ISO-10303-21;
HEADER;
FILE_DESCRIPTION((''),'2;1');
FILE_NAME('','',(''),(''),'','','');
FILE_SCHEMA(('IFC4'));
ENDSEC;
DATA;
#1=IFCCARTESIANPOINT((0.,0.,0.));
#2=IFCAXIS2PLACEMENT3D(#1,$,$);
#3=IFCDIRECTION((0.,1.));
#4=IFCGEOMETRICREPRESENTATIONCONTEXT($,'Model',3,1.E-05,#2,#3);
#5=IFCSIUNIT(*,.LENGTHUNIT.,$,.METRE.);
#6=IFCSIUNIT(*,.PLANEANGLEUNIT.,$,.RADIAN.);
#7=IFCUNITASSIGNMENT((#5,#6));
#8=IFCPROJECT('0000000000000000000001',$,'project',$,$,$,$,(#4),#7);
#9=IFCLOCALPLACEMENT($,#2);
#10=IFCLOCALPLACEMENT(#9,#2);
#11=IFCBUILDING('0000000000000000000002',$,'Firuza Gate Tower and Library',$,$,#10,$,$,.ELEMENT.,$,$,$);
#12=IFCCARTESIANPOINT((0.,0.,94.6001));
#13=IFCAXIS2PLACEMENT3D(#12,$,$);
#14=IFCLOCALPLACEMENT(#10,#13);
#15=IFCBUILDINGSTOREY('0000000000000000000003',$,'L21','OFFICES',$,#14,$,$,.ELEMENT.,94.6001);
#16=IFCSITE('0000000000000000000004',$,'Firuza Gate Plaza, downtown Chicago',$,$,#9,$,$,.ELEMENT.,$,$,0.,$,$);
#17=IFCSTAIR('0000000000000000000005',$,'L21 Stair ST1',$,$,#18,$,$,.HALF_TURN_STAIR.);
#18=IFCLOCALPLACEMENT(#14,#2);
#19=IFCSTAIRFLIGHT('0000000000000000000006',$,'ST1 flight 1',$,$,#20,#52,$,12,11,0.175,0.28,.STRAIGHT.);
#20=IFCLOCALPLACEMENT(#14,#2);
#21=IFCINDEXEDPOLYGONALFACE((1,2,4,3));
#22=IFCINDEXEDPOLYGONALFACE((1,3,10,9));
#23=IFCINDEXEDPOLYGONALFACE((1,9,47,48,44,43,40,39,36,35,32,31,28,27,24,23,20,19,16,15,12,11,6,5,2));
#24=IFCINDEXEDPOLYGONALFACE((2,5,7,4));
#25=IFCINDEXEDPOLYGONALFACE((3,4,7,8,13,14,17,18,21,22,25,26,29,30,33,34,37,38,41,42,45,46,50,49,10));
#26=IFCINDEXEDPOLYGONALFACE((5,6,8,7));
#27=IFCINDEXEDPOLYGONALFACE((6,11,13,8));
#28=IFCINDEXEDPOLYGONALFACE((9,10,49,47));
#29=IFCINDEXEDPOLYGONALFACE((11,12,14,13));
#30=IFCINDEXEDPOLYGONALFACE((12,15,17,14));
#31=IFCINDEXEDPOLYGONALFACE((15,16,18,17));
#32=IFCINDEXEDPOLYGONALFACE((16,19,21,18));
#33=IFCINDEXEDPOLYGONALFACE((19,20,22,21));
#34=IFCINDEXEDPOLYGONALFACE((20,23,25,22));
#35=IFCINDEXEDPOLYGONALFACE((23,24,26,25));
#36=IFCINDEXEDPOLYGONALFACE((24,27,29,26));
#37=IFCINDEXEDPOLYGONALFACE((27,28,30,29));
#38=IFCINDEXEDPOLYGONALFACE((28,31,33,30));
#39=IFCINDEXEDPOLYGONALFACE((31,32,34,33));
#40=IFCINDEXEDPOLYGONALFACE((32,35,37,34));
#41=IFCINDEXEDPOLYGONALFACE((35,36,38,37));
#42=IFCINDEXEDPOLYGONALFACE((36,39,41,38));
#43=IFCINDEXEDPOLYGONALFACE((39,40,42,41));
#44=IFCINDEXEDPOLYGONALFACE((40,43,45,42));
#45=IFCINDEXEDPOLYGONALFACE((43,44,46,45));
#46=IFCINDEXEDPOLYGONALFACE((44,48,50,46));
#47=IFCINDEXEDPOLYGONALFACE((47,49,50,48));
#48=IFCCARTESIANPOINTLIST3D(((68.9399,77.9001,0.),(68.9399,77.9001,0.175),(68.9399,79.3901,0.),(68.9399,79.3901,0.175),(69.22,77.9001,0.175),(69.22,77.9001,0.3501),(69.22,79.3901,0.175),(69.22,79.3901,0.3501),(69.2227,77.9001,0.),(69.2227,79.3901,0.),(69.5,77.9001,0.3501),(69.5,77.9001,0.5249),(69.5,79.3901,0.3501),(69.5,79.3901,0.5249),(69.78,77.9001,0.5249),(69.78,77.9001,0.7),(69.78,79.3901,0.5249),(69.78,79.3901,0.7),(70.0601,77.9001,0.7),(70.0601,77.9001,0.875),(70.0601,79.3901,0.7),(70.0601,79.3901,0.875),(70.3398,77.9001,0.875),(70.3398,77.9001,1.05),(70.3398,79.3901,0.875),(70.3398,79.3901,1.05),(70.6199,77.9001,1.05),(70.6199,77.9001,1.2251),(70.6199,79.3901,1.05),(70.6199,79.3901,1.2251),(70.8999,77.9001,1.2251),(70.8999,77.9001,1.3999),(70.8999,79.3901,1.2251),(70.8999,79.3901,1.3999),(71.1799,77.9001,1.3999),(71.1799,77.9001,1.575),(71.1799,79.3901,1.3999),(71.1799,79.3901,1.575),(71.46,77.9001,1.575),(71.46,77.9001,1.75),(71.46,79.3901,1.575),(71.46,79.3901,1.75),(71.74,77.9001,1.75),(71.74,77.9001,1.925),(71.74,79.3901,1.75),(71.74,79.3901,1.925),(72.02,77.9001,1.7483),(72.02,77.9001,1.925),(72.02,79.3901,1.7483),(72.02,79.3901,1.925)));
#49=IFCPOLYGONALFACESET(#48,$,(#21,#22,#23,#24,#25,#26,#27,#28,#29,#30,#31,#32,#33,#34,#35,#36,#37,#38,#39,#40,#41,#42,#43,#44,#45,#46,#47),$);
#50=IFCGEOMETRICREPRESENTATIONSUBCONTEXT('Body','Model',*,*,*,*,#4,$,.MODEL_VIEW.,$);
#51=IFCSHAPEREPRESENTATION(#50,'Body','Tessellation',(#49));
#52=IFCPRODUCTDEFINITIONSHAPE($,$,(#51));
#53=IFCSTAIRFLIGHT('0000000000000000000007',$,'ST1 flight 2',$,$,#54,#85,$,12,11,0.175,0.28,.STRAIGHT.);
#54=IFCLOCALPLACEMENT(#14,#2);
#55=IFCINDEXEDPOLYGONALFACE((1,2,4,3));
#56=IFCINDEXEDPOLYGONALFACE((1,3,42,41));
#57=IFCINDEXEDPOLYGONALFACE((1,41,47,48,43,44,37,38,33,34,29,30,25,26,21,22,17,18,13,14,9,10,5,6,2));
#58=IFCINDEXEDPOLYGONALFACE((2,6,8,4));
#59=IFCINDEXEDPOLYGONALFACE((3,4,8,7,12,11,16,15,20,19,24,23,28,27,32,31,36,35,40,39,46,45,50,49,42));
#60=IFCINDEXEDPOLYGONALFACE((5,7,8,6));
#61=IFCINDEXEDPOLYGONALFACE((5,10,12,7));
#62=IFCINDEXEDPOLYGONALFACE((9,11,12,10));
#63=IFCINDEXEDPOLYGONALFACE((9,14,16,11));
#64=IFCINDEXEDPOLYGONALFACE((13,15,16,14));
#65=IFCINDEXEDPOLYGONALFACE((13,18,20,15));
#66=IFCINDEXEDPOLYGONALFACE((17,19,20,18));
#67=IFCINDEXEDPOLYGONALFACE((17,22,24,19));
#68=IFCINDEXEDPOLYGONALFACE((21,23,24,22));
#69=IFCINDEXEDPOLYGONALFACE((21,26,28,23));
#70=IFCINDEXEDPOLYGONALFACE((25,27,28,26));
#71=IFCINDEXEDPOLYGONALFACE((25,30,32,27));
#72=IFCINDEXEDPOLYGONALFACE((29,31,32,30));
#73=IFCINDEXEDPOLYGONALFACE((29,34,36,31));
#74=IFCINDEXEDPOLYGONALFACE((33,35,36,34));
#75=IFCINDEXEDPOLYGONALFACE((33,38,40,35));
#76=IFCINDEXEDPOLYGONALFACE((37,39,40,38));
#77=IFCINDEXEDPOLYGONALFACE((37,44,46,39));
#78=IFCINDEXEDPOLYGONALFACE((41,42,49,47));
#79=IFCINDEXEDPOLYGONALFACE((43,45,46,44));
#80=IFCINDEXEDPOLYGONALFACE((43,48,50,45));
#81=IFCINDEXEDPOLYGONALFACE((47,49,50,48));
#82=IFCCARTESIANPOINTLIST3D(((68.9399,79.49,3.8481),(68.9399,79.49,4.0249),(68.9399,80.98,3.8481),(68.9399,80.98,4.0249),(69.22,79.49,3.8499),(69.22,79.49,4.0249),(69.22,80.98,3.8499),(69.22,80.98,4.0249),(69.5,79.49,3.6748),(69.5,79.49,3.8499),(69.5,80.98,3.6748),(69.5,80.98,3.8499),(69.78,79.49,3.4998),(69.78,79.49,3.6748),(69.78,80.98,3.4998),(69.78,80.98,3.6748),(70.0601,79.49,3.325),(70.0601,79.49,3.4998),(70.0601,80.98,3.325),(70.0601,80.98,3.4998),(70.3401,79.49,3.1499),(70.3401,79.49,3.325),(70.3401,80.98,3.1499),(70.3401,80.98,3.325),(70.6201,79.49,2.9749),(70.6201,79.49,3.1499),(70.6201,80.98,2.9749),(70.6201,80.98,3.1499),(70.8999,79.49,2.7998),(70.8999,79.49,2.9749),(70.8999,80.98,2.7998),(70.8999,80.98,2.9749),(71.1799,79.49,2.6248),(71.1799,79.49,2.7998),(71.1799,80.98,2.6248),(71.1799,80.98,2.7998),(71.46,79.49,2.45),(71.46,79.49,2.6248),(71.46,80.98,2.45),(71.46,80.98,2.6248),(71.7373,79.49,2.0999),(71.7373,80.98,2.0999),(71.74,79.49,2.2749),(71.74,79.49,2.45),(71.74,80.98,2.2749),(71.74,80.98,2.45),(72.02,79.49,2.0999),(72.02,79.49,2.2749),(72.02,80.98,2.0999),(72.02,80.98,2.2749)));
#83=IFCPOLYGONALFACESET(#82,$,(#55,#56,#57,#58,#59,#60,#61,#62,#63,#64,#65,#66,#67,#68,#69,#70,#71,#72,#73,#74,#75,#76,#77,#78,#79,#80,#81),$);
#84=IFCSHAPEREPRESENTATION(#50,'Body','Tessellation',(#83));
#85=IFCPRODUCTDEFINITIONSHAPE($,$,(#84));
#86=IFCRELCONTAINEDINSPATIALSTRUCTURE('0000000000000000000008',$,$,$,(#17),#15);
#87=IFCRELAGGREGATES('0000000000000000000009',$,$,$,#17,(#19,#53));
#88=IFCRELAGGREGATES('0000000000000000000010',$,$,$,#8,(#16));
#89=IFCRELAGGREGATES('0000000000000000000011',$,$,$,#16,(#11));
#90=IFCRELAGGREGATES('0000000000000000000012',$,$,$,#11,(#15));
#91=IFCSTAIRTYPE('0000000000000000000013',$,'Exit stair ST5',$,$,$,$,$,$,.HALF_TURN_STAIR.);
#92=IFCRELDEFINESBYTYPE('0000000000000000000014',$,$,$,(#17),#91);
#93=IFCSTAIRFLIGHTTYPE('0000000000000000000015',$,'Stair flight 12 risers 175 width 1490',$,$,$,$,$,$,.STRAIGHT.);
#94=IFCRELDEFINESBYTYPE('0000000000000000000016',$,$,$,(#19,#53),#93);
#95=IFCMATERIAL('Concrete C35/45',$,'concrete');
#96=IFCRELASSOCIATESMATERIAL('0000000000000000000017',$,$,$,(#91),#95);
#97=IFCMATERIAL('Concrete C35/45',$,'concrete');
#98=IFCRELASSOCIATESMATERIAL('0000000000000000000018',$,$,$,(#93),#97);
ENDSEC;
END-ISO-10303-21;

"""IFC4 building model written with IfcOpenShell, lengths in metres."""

from ifc_helpers import new_model, si_unit, direction, frame, origin, place, context, subcontext, project, spatial, polyline, outline, extrude, material, type_object, element, aggregate, save


model = new_model("IFC4")

# Units and contexts
model_context = context("Model", 3, precision=1e-05, world=origin(), true_north=direction((0.0, 1.0)))
body_context = subcontext(model_context, "Body", "Model", "MODEL_VIEW")
ifc_project = project(units=[si_unit("LENGTHUNIT", "METRE"), si_unit("PLANEANGLEUNIT", "RADIAN")], contexts=[model_context])

# Site, building, storey
site_placement = place(None, origin())
site = spatial("IfcSite", under=ifc_project, at=site_placement, Name="Firuza Gate Plaza, downtown Chicago", CompositionType="ELEMENT", RefElevation=0.0)
building_placement = place(site_placement, origin())
building = spatial("IfcBuilding", under=site, at=building_placement, Name="Firuza Gate Tower and Library", CompositionType="ELEMENT")
storey_placement = place(building_placement, frame((0.0, 0.0, 94.6001)))
storey = spatial("IfcBuildingStorey", under=building, at=storey_placement, Name="L21", Description="OFFICES", CompositionType="ELEMENT", Elevation=94.6001)

# Stair, stair flights
ifc_material_1 = material(Name="Concrete C35/45", Category="concrete")
stair_type = type_object("IfcStairType", Name="Exit stair ST5", PredefinedType="HALF_TURN_STAIR", material=ifc_material_1)
stair_placement = place(storey_placement, origin())
stair = element("IfcStair", 1, at=stair_placement, inside=storey, type_object=stair_type, Name="L21 Stair ST1", PredefinedType="HALF_TURN_STAIR")
ifc_material_2 = material(Name="Concrete C35/45", Category="concrete")
stair_flight_type = type_object("IfcStairFlightType", Name="Stair flight 12 risers 175 width 1490", PredefinedType="STRAIGHT", material=ifc_material_2)
stair_flight_1_placement = place(storey_placement, frame((68.9399, 78.645, 0.0), z_axis=(0.0, 0.0, 1.0), x_axis=(1.0, 0.0, 0.0)))
stair_flight_1 = element("IfcStairFlight", 2, at=stair_flight_1_placement, type_object=stair_flight_type, Name="ST1 flight 1", NumberOfRisers=12, NumberOfTreads=11, PredefinedType="STRAIGHT", RiserHeight=0.175, TreadLength=0.28, context=body_context, shape_type="SweptSolid", body=[
    extrude(outline(polyline([(0.0, 0.0), (0.0, 0.175), (0.28, 0.175), (0.28, 0.3501), (0.5601, 0.3501), (0.5601, 0.5249), (0.8401, 0.5249), (0.8401, 0.7), (1.1201, 0.7), (1.1201, 0.875), (1.3999, 0.875), (1.3999, 1.05), (1.6799, 1.05), (1.6799, 1.2251), (1.96, 1.2251), (1.96, 1.3999), (2.24, 1.3999), (2.24, 1.575), (2.52, 1.575), (2.52, 1.75), (2.8, 1.75), (2.8, 1.925), (3.0801, 1.925), (3.0801, 2.1001), (3.0801, 1.7483), (0.2827, 0.0), (0.0, 0.0)])), frame((0.0, 0.7451, 0.0), z_axis=(0.0, -1.0, 0.0), x_axis=(1.0, 0.0, 0.0)), (0.0, 0.0, 1.0), 1.49),
])
stair_flight_2_placement = place(storey_placement, frame((72.02, 80.2351, 2.0999), z_axis=(0.0, 0.0, 1.0), x_axis=(-1.0, 0.0, 0.0)))
stair_flight_2 = element("IfcStairFlight", 3, at=stair_flight_2_placement, type_object=stair_flight_type, Name="ST1 flight 2", NumberOfRisers=12, NumberOfTreads=11, PredefinedType="STRAIGHT", RiserHeight=0.175, TreadLength=0.28, context=body_context, shape_type="SweptSolid", body=[
    extrude(outline(polyline([(0.0, 0.0), (0.0, 0.175), (0.28, 0.175), (0.28, 0.3501), (0.5601, 0.3501), (0.5601, 0.5249), (0.8401, 0.5249), (0.8401, 0.7), (1.1201, 0.7), (1.1201, 0.875), (1.3999, 0.875), (1.3999, 1.05), (1.6799, 1.05), (1.6799, 1.2251), (1.96, 1.2251), (1.96, 1.3999), (2.24, 1.3999), (2.24, 1.575), (2.52, 1.575), (2.52, 1.75), (2.8, 1.75), (2.8, 1.925), (3.0801, 1.925), (3.0801, 2.1001), (3.0801, 1.7483), (0.2827, 0.0), (0.0, 0.0)])), frame((0.0, 0.7451, 0.0), z_axis=(0.0, -1.0, 0.0), x_axis=(1.0, 0.0, 0.0)), (0.0, 0.0, 1.0), 1.49),
])
aggregate(stair, [stair_flight_1, stair_flight_2])

save(model, "model.ifc")
